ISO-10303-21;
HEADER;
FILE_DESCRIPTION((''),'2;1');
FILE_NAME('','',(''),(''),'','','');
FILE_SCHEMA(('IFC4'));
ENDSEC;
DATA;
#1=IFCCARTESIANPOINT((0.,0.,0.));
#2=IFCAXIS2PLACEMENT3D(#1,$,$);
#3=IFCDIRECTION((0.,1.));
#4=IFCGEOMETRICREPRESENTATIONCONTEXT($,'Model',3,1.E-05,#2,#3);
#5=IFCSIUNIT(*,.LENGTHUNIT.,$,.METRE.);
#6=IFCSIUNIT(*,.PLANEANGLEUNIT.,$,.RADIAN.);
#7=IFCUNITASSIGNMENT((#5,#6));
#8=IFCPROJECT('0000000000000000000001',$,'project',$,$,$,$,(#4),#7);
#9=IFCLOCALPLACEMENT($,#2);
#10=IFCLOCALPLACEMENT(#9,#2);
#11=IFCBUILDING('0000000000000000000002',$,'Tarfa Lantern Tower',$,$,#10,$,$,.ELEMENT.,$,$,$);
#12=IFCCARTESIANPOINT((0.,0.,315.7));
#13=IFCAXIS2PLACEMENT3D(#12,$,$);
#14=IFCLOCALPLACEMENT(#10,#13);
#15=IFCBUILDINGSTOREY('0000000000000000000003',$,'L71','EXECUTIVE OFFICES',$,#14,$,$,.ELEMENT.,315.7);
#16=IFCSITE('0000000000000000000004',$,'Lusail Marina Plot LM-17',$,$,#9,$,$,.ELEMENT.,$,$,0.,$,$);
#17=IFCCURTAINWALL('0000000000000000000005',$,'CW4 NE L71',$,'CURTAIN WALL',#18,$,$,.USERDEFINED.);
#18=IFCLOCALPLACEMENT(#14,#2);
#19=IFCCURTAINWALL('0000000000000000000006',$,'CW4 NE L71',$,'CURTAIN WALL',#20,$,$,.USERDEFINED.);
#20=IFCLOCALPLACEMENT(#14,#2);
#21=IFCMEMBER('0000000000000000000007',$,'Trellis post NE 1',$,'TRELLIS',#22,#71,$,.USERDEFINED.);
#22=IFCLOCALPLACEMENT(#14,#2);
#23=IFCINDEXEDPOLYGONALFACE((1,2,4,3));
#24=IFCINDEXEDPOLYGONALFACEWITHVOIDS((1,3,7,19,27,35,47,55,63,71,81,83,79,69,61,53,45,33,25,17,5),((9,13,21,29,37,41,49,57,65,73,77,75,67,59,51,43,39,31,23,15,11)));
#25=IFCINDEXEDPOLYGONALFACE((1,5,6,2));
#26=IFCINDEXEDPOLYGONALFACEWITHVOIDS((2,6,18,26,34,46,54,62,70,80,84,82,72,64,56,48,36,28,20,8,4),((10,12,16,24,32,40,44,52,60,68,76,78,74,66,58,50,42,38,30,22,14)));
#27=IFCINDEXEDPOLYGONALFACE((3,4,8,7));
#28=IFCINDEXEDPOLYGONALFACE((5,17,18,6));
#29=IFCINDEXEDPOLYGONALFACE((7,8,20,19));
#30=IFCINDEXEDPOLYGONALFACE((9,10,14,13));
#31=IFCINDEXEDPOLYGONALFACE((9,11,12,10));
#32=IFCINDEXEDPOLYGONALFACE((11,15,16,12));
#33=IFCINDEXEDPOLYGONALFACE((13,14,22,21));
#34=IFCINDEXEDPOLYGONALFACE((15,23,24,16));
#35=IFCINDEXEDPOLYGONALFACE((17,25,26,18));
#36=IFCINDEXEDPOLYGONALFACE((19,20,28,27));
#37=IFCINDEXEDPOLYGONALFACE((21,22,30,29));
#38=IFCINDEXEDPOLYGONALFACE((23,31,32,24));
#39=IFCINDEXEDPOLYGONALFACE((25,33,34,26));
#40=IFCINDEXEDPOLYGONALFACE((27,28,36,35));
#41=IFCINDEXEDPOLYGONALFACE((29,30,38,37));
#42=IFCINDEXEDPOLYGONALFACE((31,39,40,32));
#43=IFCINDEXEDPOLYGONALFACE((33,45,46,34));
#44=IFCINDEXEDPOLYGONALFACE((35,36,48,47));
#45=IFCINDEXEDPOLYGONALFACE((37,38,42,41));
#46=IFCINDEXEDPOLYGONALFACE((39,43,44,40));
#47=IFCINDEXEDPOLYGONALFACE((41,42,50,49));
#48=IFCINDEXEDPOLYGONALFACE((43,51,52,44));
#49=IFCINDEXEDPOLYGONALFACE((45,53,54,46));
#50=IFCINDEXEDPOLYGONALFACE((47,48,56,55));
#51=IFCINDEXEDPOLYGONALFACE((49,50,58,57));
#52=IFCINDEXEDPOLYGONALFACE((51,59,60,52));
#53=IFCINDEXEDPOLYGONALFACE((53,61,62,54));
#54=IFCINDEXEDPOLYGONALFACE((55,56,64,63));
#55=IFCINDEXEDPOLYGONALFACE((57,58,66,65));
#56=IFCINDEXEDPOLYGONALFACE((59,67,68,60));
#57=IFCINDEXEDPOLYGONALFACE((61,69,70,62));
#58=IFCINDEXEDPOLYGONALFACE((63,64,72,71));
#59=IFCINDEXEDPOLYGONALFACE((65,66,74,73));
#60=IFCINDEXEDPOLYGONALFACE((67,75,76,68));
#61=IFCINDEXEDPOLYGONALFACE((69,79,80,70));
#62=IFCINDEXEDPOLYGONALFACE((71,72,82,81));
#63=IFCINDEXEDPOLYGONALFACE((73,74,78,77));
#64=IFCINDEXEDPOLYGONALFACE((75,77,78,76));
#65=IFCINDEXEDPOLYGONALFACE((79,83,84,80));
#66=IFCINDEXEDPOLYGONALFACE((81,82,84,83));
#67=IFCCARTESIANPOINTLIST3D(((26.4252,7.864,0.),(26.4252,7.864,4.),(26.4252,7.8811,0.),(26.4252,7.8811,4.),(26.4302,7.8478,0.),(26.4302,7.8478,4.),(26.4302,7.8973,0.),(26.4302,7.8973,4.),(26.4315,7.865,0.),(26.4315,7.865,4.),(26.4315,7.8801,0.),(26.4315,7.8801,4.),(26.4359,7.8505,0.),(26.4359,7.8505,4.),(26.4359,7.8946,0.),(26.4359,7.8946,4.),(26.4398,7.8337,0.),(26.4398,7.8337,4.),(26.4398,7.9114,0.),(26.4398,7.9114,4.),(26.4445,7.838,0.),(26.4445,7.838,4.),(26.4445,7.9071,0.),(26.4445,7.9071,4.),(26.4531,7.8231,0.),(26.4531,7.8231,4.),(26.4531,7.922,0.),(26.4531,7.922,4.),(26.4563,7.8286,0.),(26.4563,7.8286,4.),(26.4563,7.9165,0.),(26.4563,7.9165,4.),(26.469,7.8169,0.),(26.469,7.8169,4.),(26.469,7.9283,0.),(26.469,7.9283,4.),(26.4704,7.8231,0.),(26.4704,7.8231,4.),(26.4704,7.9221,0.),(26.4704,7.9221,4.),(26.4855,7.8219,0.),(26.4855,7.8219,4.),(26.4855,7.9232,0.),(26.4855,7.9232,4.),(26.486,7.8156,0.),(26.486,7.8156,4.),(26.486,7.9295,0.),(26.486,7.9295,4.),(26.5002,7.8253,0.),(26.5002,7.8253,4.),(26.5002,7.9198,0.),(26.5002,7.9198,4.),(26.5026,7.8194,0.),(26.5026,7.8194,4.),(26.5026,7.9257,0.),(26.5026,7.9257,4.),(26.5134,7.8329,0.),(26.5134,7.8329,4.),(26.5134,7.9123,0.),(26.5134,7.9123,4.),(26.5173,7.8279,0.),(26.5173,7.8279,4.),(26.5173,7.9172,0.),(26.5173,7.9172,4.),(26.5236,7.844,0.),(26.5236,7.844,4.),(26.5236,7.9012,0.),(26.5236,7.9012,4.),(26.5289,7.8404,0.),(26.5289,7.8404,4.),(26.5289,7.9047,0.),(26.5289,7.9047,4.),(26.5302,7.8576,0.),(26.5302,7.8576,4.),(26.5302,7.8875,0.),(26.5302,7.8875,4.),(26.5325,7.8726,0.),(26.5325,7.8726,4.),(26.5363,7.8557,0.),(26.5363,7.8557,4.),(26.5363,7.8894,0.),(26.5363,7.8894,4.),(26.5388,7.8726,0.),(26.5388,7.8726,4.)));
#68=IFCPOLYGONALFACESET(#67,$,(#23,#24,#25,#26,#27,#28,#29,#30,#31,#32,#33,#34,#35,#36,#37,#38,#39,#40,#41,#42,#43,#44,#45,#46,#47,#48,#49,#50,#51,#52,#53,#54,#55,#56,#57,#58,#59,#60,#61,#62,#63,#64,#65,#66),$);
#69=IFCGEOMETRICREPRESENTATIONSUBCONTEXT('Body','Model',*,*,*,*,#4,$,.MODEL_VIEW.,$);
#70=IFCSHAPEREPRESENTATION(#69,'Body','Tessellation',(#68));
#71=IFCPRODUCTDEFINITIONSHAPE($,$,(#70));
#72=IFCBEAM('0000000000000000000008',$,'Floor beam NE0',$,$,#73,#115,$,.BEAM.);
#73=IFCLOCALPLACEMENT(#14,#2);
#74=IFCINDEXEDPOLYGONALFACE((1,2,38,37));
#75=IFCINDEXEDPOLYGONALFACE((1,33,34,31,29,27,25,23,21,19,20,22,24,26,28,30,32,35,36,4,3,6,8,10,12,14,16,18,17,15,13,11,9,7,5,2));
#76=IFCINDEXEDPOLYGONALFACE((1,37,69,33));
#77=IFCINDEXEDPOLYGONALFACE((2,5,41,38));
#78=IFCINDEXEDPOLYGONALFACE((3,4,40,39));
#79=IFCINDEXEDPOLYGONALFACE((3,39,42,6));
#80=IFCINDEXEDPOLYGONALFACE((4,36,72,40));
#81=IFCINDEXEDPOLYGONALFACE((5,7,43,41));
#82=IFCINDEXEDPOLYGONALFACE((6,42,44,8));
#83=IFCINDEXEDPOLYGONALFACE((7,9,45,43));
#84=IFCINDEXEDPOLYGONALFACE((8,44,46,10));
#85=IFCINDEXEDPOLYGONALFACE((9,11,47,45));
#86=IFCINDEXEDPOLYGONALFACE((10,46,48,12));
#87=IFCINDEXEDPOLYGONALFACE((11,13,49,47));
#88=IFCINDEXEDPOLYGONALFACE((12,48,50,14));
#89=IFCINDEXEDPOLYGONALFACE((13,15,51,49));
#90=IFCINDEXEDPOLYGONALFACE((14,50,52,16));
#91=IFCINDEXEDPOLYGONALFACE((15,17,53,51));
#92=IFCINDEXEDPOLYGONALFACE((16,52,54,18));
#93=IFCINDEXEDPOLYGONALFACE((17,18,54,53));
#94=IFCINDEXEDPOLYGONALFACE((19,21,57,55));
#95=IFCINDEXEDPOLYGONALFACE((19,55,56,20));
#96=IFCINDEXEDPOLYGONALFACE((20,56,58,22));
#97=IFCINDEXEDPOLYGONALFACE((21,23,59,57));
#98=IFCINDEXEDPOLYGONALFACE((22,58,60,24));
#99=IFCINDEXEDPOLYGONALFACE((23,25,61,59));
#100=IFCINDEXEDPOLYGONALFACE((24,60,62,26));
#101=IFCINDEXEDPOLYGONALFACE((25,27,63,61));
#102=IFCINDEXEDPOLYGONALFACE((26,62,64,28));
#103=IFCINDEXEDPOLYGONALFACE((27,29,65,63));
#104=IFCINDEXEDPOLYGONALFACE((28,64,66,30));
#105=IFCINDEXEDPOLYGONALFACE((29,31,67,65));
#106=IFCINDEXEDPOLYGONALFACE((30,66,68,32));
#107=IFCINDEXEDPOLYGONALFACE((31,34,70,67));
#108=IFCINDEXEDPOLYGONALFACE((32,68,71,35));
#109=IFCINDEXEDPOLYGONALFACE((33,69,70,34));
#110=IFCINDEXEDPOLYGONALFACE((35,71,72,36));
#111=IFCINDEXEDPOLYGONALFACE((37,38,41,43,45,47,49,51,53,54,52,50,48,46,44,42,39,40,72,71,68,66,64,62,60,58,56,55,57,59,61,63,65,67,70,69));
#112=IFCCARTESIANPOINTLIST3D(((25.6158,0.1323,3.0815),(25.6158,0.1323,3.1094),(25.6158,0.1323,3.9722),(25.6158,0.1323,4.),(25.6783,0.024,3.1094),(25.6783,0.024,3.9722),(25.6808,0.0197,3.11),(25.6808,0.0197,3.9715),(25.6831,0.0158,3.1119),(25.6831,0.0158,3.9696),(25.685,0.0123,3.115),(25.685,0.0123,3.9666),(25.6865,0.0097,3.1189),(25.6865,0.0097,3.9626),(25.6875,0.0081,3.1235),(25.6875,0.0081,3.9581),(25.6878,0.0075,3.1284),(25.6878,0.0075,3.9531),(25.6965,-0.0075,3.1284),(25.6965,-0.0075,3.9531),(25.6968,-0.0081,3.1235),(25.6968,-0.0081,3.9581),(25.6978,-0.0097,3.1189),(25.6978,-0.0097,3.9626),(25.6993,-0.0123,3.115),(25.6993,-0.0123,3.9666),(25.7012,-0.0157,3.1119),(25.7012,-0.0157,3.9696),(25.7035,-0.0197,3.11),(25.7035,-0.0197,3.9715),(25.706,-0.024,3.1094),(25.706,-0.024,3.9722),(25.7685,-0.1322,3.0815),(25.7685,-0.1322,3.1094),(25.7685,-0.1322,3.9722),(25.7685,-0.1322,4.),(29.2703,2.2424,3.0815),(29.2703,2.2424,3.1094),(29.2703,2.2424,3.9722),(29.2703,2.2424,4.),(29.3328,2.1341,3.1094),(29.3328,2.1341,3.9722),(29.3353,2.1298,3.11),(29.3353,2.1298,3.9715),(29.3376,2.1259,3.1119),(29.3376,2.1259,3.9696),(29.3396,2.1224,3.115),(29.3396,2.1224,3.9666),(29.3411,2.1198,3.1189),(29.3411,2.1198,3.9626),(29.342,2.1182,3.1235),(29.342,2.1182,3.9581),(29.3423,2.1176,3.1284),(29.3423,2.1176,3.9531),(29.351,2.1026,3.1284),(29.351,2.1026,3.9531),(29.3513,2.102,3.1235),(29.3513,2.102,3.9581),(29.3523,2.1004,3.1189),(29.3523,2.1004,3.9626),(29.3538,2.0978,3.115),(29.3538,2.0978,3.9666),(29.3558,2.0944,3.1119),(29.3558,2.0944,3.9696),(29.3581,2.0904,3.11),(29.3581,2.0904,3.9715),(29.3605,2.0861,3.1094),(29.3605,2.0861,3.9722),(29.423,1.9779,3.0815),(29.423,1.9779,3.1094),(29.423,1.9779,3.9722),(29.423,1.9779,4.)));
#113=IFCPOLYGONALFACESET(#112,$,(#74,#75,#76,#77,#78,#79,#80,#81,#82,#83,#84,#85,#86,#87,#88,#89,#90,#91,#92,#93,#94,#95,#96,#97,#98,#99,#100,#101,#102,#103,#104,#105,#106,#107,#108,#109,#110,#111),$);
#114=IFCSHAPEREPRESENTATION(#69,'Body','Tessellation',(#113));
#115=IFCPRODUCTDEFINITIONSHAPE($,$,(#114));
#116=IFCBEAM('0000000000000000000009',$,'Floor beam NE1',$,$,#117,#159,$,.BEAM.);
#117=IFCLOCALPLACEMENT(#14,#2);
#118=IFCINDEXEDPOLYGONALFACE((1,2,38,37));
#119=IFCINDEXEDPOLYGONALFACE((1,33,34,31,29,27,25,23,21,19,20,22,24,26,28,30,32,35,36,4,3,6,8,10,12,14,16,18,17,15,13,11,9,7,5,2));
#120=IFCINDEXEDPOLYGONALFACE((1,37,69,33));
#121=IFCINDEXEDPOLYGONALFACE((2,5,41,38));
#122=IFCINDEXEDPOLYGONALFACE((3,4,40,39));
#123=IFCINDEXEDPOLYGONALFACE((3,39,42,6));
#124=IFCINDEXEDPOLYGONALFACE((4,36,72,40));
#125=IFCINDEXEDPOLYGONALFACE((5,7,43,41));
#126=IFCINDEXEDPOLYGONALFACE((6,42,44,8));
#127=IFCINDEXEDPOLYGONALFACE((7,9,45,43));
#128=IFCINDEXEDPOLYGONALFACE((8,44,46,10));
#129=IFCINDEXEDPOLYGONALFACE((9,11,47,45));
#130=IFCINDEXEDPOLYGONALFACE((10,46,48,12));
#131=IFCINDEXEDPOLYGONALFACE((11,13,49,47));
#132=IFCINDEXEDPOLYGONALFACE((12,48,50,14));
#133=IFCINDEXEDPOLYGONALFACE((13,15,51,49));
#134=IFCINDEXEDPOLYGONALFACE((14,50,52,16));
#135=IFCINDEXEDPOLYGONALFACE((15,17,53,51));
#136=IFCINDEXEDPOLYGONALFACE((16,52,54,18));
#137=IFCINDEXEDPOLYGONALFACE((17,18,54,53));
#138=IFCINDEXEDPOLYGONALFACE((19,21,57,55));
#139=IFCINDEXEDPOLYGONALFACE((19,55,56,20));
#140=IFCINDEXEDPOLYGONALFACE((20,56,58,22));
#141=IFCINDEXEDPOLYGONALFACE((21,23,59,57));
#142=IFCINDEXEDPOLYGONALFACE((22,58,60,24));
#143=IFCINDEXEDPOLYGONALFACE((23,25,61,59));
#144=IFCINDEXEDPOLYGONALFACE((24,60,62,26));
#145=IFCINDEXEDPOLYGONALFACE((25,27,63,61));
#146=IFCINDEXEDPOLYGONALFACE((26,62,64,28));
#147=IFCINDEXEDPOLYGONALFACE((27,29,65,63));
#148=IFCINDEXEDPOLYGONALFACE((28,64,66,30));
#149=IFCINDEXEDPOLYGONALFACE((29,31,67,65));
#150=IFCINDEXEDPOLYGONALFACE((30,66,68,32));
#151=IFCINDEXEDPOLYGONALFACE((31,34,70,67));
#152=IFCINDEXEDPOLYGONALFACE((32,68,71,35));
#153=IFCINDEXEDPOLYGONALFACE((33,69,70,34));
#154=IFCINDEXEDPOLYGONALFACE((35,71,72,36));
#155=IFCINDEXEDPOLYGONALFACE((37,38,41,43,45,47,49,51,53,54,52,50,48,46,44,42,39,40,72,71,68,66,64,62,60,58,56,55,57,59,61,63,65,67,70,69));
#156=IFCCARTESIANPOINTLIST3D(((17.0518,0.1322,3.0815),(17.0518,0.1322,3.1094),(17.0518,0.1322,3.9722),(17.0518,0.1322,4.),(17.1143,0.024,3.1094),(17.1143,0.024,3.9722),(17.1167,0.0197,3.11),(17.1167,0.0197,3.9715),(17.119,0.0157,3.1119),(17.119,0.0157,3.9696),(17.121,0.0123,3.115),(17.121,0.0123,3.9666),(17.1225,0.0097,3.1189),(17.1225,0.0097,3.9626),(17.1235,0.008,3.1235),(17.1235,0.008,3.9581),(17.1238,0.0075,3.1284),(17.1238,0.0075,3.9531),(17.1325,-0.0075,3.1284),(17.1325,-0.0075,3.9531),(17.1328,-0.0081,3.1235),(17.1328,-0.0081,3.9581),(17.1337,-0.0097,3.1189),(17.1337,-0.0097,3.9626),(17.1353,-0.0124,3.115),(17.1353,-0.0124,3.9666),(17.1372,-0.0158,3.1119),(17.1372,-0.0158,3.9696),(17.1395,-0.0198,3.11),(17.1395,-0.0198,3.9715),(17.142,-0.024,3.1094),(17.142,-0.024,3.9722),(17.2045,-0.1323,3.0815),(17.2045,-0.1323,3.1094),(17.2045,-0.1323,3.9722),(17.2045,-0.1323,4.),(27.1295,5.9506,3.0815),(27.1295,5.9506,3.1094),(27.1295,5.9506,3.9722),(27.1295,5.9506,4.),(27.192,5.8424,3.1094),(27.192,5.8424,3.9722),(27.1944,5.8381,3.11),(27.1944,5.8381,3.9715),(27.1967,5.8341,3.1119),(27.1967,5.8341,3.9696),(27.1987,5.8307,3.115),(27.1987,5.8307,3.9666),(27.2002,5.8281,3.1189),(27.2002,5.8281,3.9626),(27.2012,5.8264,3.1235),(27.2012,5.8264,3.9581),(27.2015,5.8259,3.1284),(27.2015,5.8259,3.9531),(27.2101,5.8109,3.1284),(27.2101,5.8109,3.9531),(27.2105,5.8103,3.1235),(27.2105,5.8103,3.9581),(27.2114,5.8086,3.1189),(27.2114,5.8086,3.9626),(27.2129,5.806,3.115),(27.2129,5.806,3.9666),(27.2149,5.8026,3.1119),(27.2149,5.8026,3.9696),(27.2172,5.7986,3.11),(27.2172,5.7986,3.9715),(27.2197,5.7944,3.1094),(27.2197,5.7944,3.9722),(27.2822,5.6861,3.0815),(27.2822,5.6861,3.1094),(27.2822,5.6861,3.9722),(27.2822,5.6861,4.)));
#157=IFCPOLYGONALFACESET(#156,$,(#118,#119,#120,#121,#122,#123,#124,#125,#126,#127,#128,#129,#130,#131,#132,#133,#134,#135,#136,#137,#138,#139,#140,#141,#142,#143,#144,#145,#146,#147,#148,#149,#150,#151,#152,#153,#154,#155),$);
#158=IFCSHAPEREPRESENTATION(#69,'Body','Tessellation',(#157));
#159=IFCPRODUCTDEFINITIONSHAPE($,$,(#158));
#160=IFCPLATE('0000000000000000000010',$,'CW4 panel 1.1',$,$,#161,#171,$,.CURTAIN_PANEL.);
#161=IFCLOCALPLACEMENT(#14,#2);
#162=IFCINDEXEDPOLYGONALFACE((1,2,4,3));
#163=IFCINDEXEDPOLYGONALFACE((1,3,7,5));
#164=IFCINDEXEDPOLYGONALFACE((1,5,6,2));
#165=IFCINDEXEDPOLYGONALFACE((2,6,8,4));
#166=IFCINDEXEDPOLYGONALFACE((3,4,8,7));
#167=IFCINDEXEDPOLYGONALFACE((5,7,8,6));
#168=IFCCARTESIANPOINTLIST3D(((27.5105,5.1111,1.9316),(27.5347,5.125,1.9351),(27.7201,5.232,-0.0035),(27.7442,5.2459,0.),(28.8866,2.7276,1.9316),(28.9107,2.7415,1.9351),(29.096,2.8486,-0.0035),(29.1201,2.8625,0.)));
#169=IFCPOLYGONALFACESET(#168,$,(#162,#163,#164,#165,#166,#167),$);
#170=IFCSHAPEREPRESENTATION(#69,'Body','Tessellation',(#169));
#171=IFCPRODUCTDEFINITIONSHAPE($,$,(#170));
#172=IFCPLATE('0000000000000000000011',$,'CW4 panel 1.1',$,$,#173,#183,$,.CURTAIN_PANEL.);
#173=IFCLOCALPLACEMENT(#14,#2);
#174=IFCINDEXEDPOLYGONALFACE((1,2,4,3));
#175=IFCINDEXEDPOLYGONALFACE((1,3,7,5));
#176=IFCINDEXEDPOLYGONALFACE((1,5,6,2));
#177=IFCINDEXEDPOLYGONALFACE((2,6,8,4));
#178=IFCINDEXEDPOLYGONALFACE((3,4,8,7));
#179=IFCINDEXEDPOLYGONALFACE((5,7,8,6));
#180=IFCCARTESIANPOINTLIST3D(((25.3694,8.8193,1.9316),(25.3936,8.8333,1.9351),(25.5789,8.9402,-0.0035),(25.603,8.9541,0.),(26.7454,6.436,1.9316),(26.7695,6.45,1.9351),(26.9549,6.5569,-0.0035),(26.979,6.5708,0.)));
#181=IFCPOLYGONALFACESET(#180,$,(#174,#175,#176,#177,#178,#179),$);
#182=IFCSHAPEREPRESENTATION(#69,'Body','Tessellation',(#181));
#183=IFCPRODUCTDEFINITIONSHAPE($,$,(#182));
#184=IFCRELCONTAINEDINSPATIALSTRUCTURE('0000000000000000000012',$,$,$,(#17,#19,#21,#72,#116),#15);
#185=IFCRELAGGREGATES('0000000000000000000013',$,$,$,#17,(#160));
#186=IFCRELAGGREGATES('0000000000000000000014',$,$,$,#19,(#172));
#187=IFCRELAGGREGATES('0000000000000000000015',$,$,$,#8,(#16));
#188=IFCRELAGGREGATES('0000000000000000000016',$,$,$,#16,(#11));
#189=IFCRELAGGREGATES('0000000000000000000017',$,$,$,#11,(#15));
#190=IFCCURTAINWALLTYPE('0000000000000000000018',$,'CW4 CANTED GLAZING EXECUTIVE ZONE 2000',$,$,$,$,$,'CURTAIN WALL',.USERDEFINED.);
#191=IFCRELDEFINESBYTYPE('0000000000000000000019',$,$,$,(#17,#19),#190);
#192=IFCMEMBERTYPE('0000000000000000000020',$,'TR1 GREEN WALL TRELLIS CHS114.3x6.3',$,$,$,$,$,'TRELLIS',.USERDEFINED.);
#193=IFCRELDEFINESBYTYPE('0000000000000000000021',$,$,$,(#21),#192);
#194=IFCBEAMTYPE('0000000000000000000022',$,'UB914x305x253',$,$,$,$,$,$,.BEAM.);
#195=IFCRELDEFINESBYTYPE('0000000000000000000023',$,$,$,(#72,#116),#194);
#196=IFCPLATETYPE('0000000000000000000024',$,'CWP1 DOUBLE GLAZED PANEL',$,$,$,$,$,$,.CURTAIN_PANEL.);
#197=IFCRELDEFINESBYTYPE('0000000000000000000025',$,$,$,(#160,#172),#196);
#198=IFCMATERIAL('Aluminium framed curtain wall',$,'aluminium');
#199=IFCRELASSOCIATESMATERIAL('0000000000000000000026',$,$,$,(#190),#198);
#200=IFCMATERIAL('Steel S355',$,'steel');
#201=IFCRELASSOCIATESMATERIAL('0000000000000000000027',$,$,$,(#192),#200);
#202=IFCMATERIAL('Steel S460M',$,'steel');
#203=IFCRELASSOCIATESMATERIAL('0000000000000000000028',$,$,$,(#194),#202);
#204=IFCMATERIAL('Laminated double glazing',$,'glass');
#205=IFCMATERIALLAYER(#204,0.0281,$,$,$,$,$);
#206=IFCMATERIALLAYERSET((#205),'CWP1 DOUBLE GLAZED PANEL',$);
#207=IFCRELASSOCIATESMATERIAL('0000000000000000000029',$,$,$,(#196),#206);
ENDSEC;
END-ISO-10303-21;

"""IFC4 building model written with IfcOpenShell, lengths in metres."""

from ifc_helpers import new_model, si_unit, direction, frame, origin, origin_2d, place, context, subcontext, project, spatial, polyline, hollow_circle, i_section, outline, extrude, material, layer, layer_set, material_profile, profile_set, type_object, element, aggregate, save


model = new_model("IFC4")

# Units and contexts
model_context = context("Model", 3, precision=1e-05, world=origin(), true_north=direction((0.0, 1.0)))
body_context = subcontext(model_context, "Body", "Model", "MODEL_VIEW")
ifc_project = project(units=[si_unit("LENGTHUNIT", "METRE"), si_unit("PLANEANGLEUNIT", "RADIAN")], contexts=[model_context])

# Site, building, storey
site_placement = place(None, origin())
site = spatial("IfcSite", under=ifc_project, at=site_placement, Name="Lusail Marina Plot LM-17", CompositionType="ELEMENT", RefElevation=0.0)
building_placement = place(site_placement, origin())
building = spatial("IfcBuilding", under=site, at=building_placement, Name="Tarfa Lantern Tower", CompositionType="ELEMENT")
storey_placement = place(building_placement, frame((0.0, 0.0, 315.7)))
storey = spatial("IfcBuildingStorey", under=building, at=storey_placement, Name="L71", Description="EXECUTIVE OFFICES", CompositionType="ELEMENT", Elevation=315.7)

# Curtain walls
ifc_material_1 = material(Name="Aluminium framed curtain wall", Category="aluminium")
curtain_wall_type = type_object("IfcCurtainWallType", Name="CW4 CANTED GLAZING EXECUTIVE ZONE 2000", ElementType="CURTAIN WALL", PredefinedType="USERDEFINED", material=ifc_material_1)
curtain_wall_1_placement = place(storey_placement, origin())
curtain_wall_1 = element("IfcCurtainWall", 1, at=curtain_wall_1_placement, inside=storey, type_object=curtain_wall_type, Name="CW4 NE L71", ObjectType="CURTAIN WALL", PredefinedType="USERDEFINED")
curtain_wall_2_placement = place(storey_placement, origin())
curtain_wall_2 = element("IfcCurtainWall", 2, at=curtain_wall_2_placement, inside=storey, type_object=curtain_wall_type, Name="CW4 NE L71", ObjectType="CURTAIN WALL", PredefinedType="USERDEFINED")

# Member
ifc_material_2 = material(Name="Steel S355", Category="steel")
ifc_material_profile_1 = material_profile(ifc_material_2, hollow_circle(Radius=0.0571, WallThickness=0.0063, at=origin_2d()), Name="CHS114.3x6.3")
ifc_profile_set_1 = profile_set([ifc_material_profile_1], Name="Steel S355")
member_type_1 = type_object("IfcMemberType", Name="TR1 GREEN WALL TRELLIS CHS114.3x6.3", ElementType="TRELLIS", PredefinedType="USERDEFINED", material=ifc_profile_set_1)
member_1_placement = place(storey_placement, frame((26.4817, 7.8726, 0.0), z_axis=(0.0, 0.0, 1.0), x_axis=(1.0, 0.0, 0.0)))
element("IfcMember", 3, at=member_1_placement, inside=storey, type_object=member_type_1, Name="Trellis post NE 1", ObjectType="TRELLIS", PredefinedType="USERDEFINED", context=body_context, shape_type="SweptSolid", body=[
    extrude(hollow_circle(Radius=0.0571, WallThickness=0.0063, at=origin_2d()), origin(), (0.0, 0.0, 1.0), 4.0),
])

# Beams
ifc_material_3 = material(Name="Steel S460M", Category="steel")
ifc_material_profile_2 = material_profile(ifc_material_3, i_section(OverallWidth=0.3054, OverallDepth=0.9185, WebThickness=0.0173, FlangeThickness=0.0278, FilletRadius=0.019, at=origin_2d()), Name="UB914x305x253")
ifc_profile_set_2 = profile_set([ifc_material_profile_2], Name="Steel S460M")
beam_type_1 = type_object("IfcBeamType", Name="UB914x305x253", PredefinedType="BEAM", material=ifc_profile_set_2)
beam_1_placement = place(storey_placement, frame((29.3467, 2.1101, 3.5408), z_axis=(-0.866009, -0.500028, 0.0), x_axis=(0.500028, -0.866009, 0.0)))
element("IfcBeam", 4, at=beam_1_placement, inside=storey, type_object=beam_type_1, Name="Floor beam NE0", PredefinedType="BEAM", context=body_context, shape_type="SweptSolid", body=[
    extrude(i_section(OverallWidth=0.3054, OverallDepth=0.9185, WebThickness=0.0173, FlangeThickness=0.0278, FilletRadius=0.019, at=origin_2d()), origin(), (0.0, 0.0, 1.0), 4.22),
])
beam_2_placement = place(storey_placement, frame((27.2058, 5.8184, 3.5408), z_axis=(-0.866024, -0.500002, 0.0), x_axis=(0.500002, -0.866024, 0.0)))
element("IfcBeam", 5, at=beam_2_placement, inside=storey, type_object=beam_type_1, Name="Floor beam NE1", PredefinedType="BEAM", context=body_context, shape_type="SweptSolid", body=[
    extrude(i_section(OverallWidth=0.3054, OverallDepth=0.9185, WebThickness=0.0173, FlangeThickness=0.0278, FilletRadius=0.019, at=origin_2d()), origin(), (0.0, 0.0, 1.0), 11.6367),
])

# Plates
ifc_material_4 = material(Name="Laminated double glazing", Category="glass")
ifc_layer_1 = layer(ifc_material_4, 0.0281)
ifc_layer_set_1 = layer_set([ifc_layer_1], Name="CWP1 DOUBLE GLAZED PANEL")
plate_type = type_object("IfcPlateType", Name="CWP1 DOUBLE GLAZED PANEL", PredefinedType="CURTAIN_PANEL", material=ifc_layer_set_1)
plate_1_placement = place(storey_placement, frame((29.1201, 2.8625, 0.0), z_axis=(0.859352, 0.496113, 0.124041), x_axis=(-0.499975, 0.86604, 0.000003)))
plate_1 = element("IfcPlate", 6, at=plate_1_placement, type_object=plate_type, Name="CW4 panel 1.1", PredefinedType="CURTAIN_PANEL", context=body_context, shape_type="SweptSolid", body=[
    extrude(outline(polyline([(0.0, 0.0), (2.752, 0.0), (2.7521, 1.9501), (-0.0001, 1.9501), (0.0, 0.0)])), origin(), (0.0, 0.0, -1.0), 0.0281),
])
aggregate(curtain_wall_1, [plate_1])
plate_2_placement = place(storey_placement, frame((26.979, 6.5708, 0.0), z_axis=(0.859344, 0.496134, 0.12401), x_axis=(-0.499994, 0.866029, 0.0)))
plate_2 = element("IfcPlate", 7, at=plate_2_placement, type_object=plate_type, Name="CW4 panel 1.1", PredefinedType="CURTAIN_PANEL", context=body_context, shape_type="SweptSolid", body=[
    extrude(outline(polyline([(0.0, 0.0), (2.752, 0.0), (2.7521, 1.9501), (0.0001, 1.9501), (0.0, 0.0)])), origin(), (0.0, 0.0, -1.0), 0.0281),
])
aggregate(curtain_wall_2, [plate_2])

save(model, "model.ifc")
